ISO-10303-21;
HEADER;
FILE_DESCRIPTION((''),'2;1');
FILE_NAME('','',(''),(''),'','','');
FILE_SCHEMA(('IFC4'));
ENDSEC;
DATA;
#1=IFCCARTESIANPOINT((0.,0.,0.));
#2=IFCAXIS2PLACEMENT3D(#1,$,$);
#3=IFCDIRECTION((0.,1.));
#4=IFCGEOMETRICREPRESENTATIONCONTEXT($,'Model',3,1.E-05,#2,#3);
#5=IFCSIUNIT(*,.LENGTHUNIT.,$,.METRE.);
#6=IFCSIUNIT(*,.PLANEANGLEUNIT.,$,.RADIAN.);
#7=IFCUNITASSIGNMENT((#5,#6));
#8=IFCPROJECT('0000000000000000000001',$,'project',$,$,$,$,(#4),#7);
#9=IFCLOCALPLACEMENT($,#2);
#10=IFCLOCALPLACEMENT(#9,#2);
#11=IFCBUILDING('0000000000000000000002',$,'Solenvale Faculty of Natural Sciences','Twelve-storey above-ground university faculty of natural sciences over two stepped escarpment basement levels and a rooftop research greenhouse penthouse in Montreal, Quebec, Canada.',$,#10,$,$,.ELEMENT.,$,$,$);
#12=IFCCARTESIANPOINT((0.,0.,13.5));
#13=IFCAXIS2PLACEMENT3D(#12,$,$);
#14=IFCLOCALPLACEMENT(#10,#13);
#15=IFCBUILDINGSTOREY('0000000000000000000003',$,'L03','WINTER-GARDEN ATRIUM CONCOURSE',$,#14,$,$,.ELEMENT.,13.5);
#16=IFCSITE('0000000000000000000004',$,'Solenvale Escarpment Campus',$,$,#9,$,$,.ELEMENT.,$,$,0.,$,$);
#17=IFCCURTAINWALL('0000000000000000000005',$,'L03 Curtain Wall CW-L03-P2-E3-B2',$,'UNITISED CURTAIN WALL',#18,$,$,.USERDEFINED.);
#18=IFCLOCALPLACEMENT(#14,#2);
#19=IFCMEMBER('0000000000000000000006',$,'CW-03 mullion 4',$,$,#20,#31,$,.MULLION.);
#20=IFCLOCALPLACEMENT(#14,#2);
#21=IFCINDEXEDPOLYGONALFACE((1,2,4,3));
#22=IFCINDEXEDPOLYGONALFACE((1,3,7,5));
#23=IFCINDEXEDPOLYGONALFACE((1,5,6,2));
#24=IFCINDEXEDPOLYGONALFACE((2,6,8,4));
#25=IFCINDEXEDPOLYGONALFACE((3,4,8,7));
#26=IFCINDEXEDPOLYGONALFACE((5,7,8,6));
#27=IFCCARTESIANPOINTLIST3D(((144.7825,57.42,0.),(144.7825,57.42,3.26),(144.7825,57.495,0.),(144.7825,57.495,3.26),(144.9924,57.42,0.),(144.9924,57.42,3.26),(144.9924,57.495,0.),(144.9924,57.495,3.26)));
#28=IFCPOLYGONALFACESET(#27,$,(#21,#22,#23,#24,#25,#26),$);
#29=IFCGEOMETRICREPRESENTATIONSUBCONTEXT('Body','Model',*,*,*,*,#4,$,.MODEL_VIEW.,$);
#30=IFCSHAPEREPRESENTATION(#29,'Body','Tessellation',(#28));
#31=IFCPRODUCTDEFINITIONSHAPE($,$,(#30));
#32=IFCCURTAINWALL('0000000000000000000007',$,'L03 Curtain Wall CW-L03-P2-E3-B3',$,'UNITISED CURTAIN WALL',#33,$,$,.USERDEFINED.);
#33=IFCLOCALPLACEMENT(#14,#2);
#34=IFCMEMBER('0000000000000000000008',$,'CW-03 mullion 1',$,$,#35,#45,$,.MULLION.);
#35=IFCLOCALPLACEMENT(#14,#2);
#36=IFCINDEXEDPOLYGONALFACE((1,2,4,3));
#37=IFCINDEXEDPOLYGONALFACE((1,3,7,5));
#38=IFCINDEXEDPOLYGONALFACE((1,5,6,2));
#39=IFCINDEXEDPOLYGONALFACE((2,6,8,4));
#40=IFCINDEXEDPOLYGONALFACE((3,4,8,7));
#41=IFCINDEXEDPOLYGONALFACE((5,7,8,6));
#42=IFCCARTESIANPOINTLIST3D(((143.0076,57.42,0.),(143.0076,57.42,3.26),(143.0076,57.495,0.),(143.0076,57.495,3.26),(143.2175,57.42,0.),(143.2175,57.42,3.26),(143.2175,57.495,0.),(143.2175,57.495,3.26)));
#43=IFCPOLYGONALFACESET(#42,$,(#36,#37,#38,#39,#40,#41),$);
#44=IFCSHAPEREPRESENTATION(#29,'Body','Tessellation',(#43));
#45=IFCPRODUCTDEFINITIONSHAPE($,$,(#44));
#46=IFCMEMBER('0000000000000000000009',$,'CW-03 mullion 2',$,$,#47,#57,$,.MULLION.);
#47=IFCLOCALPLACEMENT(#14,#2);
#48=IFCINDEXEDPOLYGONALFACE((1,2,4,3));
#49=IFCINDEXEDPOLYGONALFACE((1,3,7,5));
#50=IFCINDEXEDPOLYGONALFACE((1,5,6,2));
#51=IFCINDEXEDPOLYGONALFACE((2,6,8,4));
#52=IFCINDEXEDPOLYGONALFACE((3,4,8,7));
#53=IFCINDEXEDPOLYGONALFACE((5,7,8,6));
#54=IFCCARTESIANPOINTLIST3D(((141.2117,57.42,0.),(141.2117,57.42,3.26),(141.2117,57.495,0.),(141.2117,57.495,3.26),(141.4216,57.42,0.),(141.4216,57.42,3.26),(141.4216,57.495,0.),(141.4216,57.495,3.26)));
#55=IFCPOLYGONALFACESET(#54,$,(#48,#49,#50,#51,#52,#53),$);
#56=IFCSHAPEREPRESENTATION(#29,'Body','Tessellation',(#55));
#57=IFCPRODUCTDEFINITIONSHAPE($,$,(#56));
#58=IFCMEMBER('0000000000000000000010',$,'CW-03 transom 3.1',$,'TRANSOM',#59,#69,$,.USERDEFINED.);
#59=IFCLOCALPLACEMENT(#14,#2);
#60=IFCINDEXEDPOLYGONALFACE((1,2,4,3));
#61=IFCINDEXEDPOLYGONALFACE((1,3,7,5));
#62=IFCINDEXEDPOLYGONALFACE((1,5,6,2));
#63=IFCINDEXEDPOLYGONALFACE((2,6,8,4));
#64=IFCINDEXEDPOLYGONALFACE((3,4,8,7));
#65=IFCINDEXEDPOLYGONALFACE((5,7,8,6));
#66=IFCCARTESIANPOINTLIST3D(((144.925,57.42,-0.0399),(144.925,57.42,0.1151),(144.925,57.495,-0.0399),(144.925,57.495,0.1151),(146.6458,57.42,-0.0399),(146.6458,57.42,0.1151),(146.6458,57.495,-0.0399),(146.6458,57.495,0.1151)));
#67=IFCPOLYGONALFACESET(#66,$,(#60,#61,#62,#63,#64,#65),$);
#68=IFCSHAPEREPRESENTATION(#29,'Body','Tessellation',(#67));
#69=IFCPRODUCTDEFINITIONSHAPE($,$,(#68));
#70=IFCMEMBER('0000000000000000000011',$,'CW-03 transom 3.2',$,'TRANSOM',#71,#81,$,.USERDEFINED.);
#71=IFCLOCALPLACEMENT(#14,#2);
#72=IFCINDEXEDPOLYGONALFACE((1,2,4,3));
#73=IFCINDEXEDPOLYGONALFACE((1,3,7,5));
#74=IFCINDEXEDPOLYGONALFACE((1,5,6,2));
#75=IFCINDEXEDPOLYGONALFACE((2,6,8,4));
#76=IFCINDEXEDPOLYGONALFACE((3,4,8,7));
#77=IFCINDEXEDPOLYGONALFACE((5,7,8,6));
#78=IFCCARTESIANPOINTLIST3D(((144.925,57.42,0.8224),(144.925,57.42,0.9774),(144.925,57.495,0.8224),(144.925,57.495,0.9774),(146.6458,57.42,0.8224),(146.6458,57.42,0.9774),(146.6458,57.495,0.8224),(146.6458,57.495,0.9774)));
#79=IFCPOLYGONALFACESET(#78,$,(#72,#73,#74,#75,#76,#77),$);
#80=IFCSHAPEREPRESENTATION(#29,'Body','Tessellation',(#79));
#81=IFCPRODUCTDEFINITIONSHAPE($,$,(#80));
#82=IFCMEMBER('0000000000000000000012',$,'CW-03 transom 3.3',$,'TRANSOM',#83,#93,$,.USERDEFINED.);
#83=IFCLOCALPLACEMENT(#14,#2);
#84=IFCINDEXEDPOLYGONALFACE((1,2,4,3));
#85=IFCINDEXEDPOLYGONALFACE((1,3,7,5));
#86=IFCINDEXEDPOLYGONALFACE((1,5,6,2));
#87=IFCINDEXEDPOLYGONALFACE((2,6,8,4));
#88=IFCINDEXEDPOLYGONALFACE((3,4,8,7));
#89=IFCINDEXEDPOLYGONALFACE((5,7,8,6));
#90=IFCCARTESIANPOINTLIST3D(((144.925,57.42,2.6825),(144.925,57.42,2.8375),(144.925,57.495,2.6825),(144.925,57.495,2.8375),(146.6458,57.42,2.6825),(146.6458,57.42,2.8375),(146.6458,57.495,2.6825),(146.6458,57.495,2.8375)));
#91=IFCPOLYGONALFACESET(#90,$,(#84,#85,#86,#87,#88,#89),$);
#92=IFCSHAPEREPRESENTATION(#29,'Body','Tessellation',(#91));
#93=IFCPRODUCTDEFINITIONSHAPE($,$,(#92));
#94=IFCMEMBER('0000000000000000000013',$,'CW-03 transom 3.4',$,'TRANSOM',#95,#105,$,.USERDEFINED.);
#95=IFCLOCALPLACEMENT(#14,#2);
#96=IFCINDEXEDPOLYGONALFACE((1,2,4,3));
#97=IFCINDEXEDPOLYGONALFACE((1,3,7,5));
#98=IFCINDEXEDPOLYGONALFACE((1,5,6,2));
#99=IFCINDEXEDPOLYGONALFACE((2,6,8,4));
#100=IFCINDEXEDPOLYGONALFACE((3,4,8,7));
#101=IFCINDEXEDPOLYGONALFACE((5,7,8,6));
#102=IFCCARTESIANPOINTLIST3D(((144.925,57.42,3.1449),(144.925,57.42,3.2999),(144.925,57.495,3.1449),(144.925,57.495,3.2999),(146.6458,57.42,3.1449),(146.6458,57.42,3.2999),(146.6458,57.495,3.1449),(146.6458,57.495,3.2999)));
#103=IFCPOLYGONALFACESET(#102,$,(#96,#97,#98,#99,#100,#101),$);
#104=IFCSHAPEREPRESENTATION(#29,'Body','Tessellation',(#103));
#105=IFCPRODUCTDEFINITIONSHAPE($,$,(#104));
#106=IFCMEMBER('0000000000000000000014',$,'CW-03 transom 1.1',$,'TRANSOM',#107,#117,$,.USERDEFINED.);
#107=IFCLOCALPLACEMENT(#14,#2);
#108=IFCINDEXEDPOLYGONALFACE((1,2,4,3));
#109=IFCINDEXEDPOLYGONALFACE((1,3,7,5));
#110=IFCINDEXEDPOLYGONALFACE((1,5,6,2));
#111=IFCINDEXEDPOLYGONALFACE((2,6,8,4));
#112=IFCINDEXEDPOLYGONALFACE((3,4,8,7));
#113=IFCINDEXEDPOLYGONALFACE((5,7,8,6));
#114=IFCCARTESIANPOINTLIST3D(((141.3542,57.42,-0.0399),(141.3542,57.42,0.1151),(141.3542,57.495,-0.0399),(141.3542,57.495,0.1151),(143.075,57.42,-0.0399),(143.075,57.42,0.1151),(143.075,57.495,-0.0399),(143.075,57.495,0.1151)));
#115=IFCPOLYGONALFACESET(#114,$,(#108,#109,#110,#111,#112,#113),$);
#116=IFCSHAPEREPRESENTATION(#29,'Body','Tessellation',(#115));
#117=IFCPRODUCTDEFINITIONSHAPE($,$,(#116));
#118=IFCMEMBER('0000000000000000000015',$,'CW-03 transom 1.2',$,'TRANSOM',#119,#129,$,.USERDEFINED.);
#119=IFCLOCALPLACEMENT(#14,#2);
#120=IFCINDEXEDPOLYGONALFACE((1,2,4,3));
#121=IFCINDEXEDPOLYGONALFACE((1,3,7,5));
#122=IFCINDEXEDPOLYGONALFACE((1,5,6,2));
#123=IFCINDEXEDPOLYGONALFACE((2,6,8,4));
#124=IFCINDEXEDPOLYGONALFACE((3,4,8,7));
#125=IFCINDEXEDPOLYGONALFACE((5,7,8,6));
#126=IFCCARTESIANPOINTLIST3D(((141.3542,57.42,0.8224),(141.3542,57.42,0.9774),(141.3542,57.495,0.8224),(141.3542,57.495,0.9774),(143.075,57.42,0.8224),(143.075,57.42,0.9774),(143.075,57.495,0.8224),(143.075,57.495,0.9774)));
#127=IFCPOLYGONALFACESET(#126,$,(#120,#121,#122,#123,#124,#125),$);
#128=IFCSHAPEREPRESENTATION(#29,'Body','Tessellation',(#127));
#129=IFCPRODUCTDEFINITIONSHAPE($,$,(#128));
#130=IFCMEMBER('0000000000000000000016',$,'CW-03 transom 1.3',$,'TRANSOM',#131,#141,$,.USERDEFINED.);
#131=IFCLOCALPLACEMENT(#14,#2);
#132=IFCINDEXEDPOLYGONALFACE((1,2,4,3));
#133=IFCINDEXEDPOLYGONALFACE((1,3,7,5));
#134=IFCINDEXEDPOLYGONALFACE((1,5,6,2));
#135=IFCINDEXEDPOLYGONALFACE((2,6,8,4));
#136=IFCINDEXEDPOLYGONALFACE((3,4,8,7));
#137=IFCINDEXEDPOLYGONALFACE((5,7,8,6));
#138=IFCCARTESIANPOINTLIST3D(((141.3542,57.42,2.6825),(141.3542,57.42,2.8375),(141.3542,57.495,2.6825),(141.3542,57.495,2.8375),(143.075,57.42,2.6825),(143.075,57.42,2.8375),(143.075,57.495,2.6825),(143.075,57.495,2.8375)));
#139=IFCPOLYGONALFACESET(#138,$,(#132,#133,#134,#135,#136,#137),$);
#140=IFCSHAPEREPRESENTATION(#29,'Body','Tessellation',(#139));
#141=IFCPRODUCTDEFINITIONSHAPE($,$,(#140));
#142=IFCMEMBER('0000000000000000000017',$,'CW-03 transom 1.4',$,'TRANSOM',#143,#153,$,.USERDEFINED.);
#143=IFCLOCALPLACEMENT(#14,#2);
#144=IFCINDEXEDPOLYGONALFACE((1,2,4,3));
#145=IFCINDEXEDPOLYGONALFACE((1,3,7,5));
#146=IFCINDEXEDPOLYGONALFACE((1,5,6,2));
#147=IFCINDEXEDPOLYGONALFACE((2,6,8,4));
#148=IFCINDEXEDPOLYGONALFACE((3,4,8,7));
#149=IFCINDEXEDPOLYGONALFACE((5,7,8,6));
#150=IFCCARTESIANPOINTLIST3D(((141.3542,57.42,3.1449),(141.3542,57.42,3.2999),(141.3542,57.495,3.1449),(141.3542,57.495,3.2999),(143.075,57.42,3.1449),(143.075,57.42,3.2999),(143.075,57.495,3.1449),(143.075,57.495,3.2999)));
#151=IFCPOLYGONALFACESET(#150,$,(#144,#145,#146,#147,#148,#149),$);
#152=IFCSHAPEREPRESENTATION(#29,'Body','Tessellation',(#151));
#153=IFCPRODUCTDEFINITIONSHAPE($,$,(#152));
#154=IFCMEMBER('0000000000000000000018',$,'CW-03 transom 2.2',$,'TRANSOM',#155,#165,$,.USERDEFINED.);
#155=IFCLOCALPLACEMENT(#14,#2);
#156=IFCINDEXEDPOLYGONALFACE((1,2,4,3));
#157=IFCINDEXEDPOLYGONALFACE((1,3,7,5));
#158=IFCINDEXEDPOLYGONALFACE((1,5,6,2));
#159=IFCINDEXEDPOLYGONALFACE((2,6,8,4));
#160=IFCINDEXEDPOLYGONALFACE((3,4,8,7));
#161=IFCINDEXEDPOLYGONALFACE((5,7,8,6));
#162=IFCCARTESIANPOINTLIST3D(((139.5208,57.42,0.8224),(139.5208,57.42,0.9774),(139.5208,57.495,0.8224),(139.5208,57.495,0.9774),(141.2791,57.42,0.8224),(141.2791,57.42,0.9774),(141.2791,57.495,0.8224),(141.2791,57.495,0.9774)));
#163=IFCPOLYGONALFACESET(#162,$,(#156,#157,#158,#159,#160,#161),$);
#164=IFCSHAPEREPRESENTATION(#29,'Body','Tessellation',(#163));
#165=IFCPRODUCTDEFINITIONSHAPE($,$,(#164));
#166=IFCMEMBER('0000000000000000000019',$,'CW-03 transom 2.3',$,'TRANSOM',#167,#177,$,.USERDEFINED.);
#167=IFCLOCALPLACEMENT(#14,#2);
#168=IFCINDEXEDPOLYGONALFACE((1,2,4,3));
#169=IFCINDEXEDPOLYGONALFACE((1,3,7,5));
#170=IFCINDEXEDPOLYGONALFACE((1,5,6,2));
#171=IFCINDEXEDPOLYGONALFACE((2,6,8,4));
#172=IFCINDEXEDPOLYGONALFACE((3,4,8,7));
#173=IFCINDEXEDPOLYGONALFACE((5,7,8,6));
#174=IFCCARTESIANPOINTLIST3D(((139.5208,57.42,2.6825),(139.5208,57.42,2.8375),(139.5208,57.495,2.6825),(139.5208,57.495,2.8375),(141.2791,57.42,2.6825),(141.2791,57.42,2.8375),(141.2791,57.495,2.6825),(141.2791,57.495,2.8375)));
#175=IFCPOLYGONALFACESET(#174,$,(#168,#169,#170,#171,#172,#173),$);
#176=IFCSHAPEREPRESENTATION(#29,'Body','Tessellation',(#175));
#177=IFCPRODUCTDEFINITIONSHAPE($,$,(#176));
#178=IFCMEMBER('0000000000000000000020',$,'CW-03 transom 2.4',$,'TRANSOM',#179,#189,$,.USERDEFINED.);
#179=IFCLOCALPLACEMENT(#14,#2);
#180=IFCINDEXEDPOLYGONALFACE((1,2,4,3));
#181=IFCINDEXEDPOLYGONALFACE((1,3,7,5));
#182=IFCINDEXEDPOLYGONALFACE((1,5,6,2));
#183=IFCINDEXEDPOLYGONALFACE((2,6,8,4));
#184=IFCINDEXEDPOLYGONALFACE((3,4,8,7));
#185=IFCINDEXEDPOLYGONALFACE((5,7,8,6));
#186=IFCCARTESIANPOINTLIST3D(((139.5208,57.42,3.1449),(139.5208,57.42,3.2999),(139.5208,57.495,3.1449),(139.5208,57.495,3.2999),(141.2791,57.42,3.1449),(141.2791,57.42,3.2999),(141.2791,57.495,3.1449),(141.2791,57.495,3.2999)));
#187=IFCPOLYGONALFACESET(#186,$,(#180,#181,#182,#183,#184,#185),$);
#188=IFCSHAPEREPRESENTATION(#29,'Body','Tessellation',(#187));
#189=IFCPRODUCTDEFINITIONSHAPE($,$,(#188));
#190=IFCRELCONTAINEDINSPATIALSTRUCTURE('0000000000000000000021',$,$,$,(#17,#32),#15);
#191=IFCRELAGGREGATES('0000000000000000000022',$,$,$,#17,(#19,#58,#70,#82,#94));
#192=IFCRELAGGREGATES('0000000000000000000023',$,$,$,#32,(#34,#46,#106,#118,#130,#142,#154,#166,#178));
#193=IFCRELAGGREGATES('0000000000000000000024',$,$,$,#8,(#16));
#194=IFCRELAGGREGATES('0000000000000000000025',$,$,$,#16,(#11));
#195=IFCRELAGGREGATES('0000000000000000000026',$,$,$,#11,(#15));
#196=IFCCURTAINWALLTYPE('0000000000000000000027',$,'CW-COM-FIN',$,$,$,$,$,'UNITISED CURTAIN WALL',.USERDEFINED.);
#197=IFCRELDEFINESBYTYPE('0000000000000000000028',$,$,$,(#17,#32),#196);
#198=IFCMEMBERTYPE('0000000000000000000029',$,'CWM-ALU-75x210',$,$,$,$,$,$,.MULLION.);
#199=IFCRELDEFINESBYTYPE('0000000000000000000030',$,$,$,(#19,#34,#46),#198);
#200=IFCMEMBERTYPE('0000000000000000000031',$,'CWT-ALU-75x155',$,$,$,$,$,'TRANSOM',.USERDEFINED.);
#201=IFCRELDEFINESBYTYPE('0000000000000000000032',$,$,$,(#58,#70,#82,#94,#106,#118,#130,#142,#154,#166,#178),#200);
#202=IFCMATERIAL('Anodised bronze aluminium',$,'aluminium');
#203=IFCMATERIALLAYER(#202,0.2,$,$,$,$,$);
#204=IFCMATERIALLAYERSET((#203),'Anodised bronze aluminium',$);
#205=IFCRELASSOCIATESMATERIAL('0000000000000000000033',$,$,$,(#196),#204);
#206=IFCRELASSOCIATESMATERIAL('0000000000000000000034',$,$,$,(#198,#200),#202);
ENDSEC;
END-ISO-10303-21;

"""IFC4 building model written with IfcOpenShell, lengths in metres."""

from ifc_helpers import new_model, si_unit, direction, frame, origin, origin_2d, place, context, subcontext, project, spatial, rectangle, extrude, material, layer, layer_set, material_profile, profile_set, type_object, element, aggregate, save


model = new_model("IFC4")

# Units and contexts
model_context = context("Model", 3, precision=1e-05, world=origin(), true_north=direction((0.0, 1.0)))
body_context = subcontext(model_context, "Body", "Model", "MODEL_VIEW")
ifc_project = project(units=[si_unit("LENGTHUNIT", "METRE"), si_unit("PLANEANGLEUNIT", "RADIAN")], contexts=[model_context])

# Site, building, storey
site_placement = place(None, origin())
site = spatial("IfcSite", under=ifc_project, at=site_placement, Name="Solenvale Escarpment Campus", CompositionType="ELEMENT", RefElevation=0.0)
building_placement = place(site_placement, origin())
building = spatial("IfcBuilding", under=site, at=building_placement, Name="Solenvale Faculty of Natural Sciences", Description="Twelve-storey above-ground university faculty of natural sciences over two stepped escarpment basement levels and a rooftop research greenhouse penthouse in Montreal, Quebec, Canada.", CompositionType="ELEMENT")
storey_placement = place(building_placement, frame((0.0, 0.0, 13.5)))
storey = spatial("IfcBuildingStorey", under=building, at=storey_placement, Name="L03", Description="WINTER-GARDEN ATRIUM CONCOURSE", CompositionType="ELEMENT", Elevation=13.5)

# Curtain wall, member
ifc_material_1 = material(Name="Anodised bronze aluminium", Category="aluminium")
ifc_layer_1 = layer(ifc_material_1, 0.2)
ifc_layer_set_1 = layer_set([ifc_layer_1], Name="Anodised bronze aluminium")
curtain_wall_type = type_object("IfcCurtainWallType", Name="CW-COM-FIN", ElementType="UNITISED CURTAIN WALL", PredefinedType="USERDEFINED", material=ifc_layer_set_1)
curtain_wall_1_placement = place(storey_placement, origin())
curtain_wall_1 = element("IfcCurtainWall", 1, at=curtain_wall_1_placement, inside=storey, type_object=curtain_wall_type, Name="L03 Curtain Wall CW-L03-P2-E3-B2", ObjectType="UNITISED CURTAIN WALL", PredefinedType="USERDEFINED")
ifc_material_profile_1 = material_profile(ifc_material_1, rectangle(XDim=0.075, YDim=0.21, at=origin_2d()), Name="ALU-MUL-75x210")
ifc_profile_set_1 = profile_set([ifc_material_profile_1], Name="Anodised bronze aluminium")
member_type_1 = type_object("IfcMemberType", Name="CWM-ALU-75x210", PredefinedType="MULLION", material=ifc_profile_set_1)
member_1_placement = place(storey_placement, frame((144.8875, 57.4575, 0.0), z_axis=(0.0, 0.0, 1.0), x_axis=(0.0, -1.0, 0.0)))
member_1 = element("IfcMember", 2, at=member_1_placement, type_object=member_type_1, Name="CW-03 mullion 4", PredefinedType="MULLION", context=body_context, shape_type="SweptSolid", body=[
    extrude(rectangle(XDim=0.075, YDim=0.21, at=origin_2d()), origin(), (0.0, 0.0, 1.0), 3.26),
])

# Curtain wall, members
curtain_wall_2_placement = place(storey_placement, origin())
curtain_wall_2 = element("IfcCurtainWall", 3, at=curtain_wall_2_placement, inside=storey, type_object=curtain_wall_type, Name="L03 Curtain Wall CW-L03-P2-E3-B3", ObjectType="UNITISED CURTAIN WALL", PredefinedType="USERDEFINED")
member_2_placement = place(storey_placement, frame((143.1125, 57.4575, 0.0), z_axis=(0.0, 0.0, 1.0), x_axis=(0.0, -1.0, 0.0)))
member_2 = element("IfcMember", 4, at=member_2_placement, type_object=member_type_1, Name="CW-03 mullion 1", PredefinedType="MULLION", context=body_context, shape_type="SweptSolid", body=[
    extrude(rectangle(XDim=0.075, YDim=0.21, at=origin_2d()), origin(), (0.0, 0.0, 1.0), 3.26),
])
member_3_placement = place(storey_placement, frame((141.3167, 57.4575, 0.0), z_axis=(0.0, 0.0, 1.0), x_axis=(0.0, -1.0, 0.0)))
member_3 = element("IfcMember", 5, at=member_3_placement, type_object=member_type_1, Name="CW-03 mullion 2", PredefinedType="MULLION", context=body_context, shape_type="SweptSolid", body=[
    extrude(rectangle(XDim=0.075, YDim=0.21, at=origin_2d()), origin(), (0.0, 0.0, 1.0), 3.26),
])

# Members
ifc_material_profile_2 = material_profile(ifc_material_1, rectangle(XDim=0.075, YDim=0.155, at=origin_2d()), Name="ALU-TRN-75x155")
ifc_profile_set_2 = profile_set([ifc_material_profile_2], Name="Anodised bronze aluminium")
member_type_2 = type_object("IfcMemberType", Name="CWT-ALU-75x155", ElementType="TRANSOM", PredefinedType="USERDEFINED", material=ifc_profile_set_2)
member_4_placement = place(storey_placement, frame((146.6458, 57.4575, 0.0376), z_axis=(-1.0, 0.0, 0.0), x_axis=(0.0, -1.0, 0.0)))
member_4 = element("IfcMember", 6, at=member_4_placement, type_object=member_type_2, Name="CW-03 transom 3.1", ObjectType="TRANSOM", PredefinedType="USERDEFINED", context=body_context, shape_type="SweptSolid", body=[
    extrude(rectangle(XDim=0.075, YDim=0.155, at=origin_2d()), origin(), (0.0, 0.0, 1.0), 1.7207),
])
member_5_placement = place(storey_placement, frame((146.6458, 57.4575, 0.8999), z_axis=(-1.0, 0.0, 0.0), x_axis=(0.0, -1.0, 0.0)))
member_5 = element("IfcMember", 7, at=member_5_placement, type_object=member_type_2, Name="CW-03 transom 3.2", ObjectType="TRANSOM", PredefinedType="USERDEFINED", context=body_context, shape_type="SweptSolid", body=[
    extrude(rectangle(XDim=0.075, YDim=0.155, at=origin_2d()), origin(), (0.0, 0.0, 1.0), 1.7207),
])
member_6_placement = place(storey_placement, frame((146.6458, 57.4575, 2.76), z_axis=(-1.0, 0.0, 0.0), x_axis=(0.0, -1.0, 0.0)))
member_6 = element("IfcMember", 8, at=member_6_placement, type_object=member_type_2, Name="CW-03 transom 3.3", ObjectType="TRANSOM", PredefinedType="USERDEFINED", context=body_context, shape_type="SweptSolid", body=[
    extrude(rectangle(XDim=0.075, YDim=0.155, at=origin_2d()), origin(), (0.0, 0.0, 1.0), 1.7207),
])
member_7_placement = place(storey_placement, frame((146.6458, 57.4575, 3.2224), z_axis=(-1.0, 0.0, 0.0), x_axis=(0.0, -1.0, 0.0)))
member_7 = element("IfcMember", 9, at=member_7_placement, type_object=member_type_2, Name="CW-03 transom 3.4", ObjectType="TRANSOM", PredefinedType="USERDEFINED", context=body_context, shape_type="SweptSolid", body=[
    extrude(rectangle(XDim=0.075, YDim=0.155, at=origin_2d()), origin(), (0.0, 0.0, 1.0), 1.7207),
])
member_8_placement = place(storey_placement, frame((143.075, 57.4575, 0.0376), z_axis=(-1.0, 0.0, 0.0), x_axis=(0.0, -1.0, 0.0)))
member_8 = element("IfcMember", 10, at=member_8_placement, type_object=member_type_2, Name="CW-03 transom 1.1", ObjectType="TRANSOM", PredefinedType="USERDEFINED", context=body_context, shape_type="SweptSolid", body=[
    extrude(rectangle(XDim=0.075, YDim=0.155, at=origin_2d()), origin(), (0.0, 0.0, 1.0), 1.7207),
])
member_9_placement = place(storey_placement, frame((143.075, 57.4575, 0.8999), z_axis=(-1.0, 0.0, 0.0), x_axis=(0.0, -1.0, 0.0)))
member_9 = element("IfcMember", 11, at=member_9_placement, type_object=member_type_2, Name="CW-03 transom 1.2", ObjectType="TRANSOM", PredefinedType="USERDEFINED", context=body_context, shape_type="SweptSolid", body=[
    extrude(rectangle(XDim=0.075, YDim=0.155, at=origin_2d()), origin(), (0.0, 0.0, 1.0), 1.7207),
])
member_10_placement = place(storey_placement, frame((143.075, 57.4575, 2.76), z_axis=(-1.0, 0.0, 0.0), x_axis=(0.0, -1.0, 0.0)))
member_10 = element("IfcMember", 12, at=member_10_placement, type_object=member_type_2, Name="CW-03 transom 1.3", ObjectType="TRANSOM", PredefinedType="USERDEFINED", context=body_context, shape_type="SweptSolid", body=[
    extrude(rectangle(XDim=0.075, YDim=0.155, at=origin_2d()), origin(), (0.0, 0.0, 1.0), 1.7207),
])
member_11_placement = place(storey_placement, frame((143.075, 57.4575, 3.2224), z_axis=(-1.0, 0.0, 0.0), x_axis=(0.0, -1.0, 0.0)))
member_11 = element("IfcMember", 13, at=member_11_placement, type_object=member_type_2, Name="CW-03 transom 1.4", ObjectType="TRANSOM", PredefinedType="USERDEFINED", context=body_context, shape_type="SweptSolid", body=[
    extrude(rectangle(XDim=0.075, YDim=0.155, at=origin_2d()), origin(), (0.0, 0.0, 1.0), 1.7207),
])
member_12_placement = place(storey_placement, frame((141.2791, 57.4575, 0.8999), z_axis=(-1.0, 0.0, 0.0), x_axis=(0.0, -1.0, 0.0)))
member_12 = element("IfcMember", 14, at=member_12_placement, type_object=member_type_2, Name="CW-03 transom 2.2", ObjectType="TRANSOM", PredefinedType="USERDEFINED", context=body_context, shape_type="SweptSolid", body=[
    extrude(rectangle(XDim=0.075, YDim=0.155, at=origin_2d()), origin(), (0.0, 0.0, 1.0), 1.7583),
])
member_13_placement = place(storey_placement, frame((141.2791, 57.4575, 2.76), z_axis=(-1.0, 0.0, 0.0), x_axis=(0.0, -1.0, 0.0)))
member_13 = element("IfcMember", 15, at=member_13_placement, type_object=member_type_2, Name="CW-03 transom 2.3", ObjectType="TRANSOM", PredefinedType="USERDEFINED", context=body_context, shape_type="SweptSolid", body=[
    extrude(rectangle(XDim=0.075, YDim=0.155, at=origin_2d()), origin(), (0.0, 0.0, 1.0), 1.7583),
])
member_14_placement = place(storey_placement, frame((141.2791, 57.4575, 3.2224), z_axis=(-1.0, 0.0, 0.0), x_axis=(0.0, -1.0, 0.0)))
member_14 = element("IfcMember", 16, at=member_14_placement, type_object=member_type_2, Name="CW-03 transom 2.4", ObjectType="TRANSOM", PredefinedType="USERDEFINED", context=body_context, shape_type="SweptSolid", body=[
    extrude(rectangle(XDim=0.075, YDim=0.155, at=origin_2d()), origin(), (0.0, 0.0, 1.0), 1.7583),
])

aggregate(curtain_wall_1, [member_1, member_4, member_5, member_6, member_7])
aggregate(curtain_wall_2, [member_2, member_3, member_8, member_9, member_10, member_11, member_12, member_13, member_14])

save(model, "model.ifc")
